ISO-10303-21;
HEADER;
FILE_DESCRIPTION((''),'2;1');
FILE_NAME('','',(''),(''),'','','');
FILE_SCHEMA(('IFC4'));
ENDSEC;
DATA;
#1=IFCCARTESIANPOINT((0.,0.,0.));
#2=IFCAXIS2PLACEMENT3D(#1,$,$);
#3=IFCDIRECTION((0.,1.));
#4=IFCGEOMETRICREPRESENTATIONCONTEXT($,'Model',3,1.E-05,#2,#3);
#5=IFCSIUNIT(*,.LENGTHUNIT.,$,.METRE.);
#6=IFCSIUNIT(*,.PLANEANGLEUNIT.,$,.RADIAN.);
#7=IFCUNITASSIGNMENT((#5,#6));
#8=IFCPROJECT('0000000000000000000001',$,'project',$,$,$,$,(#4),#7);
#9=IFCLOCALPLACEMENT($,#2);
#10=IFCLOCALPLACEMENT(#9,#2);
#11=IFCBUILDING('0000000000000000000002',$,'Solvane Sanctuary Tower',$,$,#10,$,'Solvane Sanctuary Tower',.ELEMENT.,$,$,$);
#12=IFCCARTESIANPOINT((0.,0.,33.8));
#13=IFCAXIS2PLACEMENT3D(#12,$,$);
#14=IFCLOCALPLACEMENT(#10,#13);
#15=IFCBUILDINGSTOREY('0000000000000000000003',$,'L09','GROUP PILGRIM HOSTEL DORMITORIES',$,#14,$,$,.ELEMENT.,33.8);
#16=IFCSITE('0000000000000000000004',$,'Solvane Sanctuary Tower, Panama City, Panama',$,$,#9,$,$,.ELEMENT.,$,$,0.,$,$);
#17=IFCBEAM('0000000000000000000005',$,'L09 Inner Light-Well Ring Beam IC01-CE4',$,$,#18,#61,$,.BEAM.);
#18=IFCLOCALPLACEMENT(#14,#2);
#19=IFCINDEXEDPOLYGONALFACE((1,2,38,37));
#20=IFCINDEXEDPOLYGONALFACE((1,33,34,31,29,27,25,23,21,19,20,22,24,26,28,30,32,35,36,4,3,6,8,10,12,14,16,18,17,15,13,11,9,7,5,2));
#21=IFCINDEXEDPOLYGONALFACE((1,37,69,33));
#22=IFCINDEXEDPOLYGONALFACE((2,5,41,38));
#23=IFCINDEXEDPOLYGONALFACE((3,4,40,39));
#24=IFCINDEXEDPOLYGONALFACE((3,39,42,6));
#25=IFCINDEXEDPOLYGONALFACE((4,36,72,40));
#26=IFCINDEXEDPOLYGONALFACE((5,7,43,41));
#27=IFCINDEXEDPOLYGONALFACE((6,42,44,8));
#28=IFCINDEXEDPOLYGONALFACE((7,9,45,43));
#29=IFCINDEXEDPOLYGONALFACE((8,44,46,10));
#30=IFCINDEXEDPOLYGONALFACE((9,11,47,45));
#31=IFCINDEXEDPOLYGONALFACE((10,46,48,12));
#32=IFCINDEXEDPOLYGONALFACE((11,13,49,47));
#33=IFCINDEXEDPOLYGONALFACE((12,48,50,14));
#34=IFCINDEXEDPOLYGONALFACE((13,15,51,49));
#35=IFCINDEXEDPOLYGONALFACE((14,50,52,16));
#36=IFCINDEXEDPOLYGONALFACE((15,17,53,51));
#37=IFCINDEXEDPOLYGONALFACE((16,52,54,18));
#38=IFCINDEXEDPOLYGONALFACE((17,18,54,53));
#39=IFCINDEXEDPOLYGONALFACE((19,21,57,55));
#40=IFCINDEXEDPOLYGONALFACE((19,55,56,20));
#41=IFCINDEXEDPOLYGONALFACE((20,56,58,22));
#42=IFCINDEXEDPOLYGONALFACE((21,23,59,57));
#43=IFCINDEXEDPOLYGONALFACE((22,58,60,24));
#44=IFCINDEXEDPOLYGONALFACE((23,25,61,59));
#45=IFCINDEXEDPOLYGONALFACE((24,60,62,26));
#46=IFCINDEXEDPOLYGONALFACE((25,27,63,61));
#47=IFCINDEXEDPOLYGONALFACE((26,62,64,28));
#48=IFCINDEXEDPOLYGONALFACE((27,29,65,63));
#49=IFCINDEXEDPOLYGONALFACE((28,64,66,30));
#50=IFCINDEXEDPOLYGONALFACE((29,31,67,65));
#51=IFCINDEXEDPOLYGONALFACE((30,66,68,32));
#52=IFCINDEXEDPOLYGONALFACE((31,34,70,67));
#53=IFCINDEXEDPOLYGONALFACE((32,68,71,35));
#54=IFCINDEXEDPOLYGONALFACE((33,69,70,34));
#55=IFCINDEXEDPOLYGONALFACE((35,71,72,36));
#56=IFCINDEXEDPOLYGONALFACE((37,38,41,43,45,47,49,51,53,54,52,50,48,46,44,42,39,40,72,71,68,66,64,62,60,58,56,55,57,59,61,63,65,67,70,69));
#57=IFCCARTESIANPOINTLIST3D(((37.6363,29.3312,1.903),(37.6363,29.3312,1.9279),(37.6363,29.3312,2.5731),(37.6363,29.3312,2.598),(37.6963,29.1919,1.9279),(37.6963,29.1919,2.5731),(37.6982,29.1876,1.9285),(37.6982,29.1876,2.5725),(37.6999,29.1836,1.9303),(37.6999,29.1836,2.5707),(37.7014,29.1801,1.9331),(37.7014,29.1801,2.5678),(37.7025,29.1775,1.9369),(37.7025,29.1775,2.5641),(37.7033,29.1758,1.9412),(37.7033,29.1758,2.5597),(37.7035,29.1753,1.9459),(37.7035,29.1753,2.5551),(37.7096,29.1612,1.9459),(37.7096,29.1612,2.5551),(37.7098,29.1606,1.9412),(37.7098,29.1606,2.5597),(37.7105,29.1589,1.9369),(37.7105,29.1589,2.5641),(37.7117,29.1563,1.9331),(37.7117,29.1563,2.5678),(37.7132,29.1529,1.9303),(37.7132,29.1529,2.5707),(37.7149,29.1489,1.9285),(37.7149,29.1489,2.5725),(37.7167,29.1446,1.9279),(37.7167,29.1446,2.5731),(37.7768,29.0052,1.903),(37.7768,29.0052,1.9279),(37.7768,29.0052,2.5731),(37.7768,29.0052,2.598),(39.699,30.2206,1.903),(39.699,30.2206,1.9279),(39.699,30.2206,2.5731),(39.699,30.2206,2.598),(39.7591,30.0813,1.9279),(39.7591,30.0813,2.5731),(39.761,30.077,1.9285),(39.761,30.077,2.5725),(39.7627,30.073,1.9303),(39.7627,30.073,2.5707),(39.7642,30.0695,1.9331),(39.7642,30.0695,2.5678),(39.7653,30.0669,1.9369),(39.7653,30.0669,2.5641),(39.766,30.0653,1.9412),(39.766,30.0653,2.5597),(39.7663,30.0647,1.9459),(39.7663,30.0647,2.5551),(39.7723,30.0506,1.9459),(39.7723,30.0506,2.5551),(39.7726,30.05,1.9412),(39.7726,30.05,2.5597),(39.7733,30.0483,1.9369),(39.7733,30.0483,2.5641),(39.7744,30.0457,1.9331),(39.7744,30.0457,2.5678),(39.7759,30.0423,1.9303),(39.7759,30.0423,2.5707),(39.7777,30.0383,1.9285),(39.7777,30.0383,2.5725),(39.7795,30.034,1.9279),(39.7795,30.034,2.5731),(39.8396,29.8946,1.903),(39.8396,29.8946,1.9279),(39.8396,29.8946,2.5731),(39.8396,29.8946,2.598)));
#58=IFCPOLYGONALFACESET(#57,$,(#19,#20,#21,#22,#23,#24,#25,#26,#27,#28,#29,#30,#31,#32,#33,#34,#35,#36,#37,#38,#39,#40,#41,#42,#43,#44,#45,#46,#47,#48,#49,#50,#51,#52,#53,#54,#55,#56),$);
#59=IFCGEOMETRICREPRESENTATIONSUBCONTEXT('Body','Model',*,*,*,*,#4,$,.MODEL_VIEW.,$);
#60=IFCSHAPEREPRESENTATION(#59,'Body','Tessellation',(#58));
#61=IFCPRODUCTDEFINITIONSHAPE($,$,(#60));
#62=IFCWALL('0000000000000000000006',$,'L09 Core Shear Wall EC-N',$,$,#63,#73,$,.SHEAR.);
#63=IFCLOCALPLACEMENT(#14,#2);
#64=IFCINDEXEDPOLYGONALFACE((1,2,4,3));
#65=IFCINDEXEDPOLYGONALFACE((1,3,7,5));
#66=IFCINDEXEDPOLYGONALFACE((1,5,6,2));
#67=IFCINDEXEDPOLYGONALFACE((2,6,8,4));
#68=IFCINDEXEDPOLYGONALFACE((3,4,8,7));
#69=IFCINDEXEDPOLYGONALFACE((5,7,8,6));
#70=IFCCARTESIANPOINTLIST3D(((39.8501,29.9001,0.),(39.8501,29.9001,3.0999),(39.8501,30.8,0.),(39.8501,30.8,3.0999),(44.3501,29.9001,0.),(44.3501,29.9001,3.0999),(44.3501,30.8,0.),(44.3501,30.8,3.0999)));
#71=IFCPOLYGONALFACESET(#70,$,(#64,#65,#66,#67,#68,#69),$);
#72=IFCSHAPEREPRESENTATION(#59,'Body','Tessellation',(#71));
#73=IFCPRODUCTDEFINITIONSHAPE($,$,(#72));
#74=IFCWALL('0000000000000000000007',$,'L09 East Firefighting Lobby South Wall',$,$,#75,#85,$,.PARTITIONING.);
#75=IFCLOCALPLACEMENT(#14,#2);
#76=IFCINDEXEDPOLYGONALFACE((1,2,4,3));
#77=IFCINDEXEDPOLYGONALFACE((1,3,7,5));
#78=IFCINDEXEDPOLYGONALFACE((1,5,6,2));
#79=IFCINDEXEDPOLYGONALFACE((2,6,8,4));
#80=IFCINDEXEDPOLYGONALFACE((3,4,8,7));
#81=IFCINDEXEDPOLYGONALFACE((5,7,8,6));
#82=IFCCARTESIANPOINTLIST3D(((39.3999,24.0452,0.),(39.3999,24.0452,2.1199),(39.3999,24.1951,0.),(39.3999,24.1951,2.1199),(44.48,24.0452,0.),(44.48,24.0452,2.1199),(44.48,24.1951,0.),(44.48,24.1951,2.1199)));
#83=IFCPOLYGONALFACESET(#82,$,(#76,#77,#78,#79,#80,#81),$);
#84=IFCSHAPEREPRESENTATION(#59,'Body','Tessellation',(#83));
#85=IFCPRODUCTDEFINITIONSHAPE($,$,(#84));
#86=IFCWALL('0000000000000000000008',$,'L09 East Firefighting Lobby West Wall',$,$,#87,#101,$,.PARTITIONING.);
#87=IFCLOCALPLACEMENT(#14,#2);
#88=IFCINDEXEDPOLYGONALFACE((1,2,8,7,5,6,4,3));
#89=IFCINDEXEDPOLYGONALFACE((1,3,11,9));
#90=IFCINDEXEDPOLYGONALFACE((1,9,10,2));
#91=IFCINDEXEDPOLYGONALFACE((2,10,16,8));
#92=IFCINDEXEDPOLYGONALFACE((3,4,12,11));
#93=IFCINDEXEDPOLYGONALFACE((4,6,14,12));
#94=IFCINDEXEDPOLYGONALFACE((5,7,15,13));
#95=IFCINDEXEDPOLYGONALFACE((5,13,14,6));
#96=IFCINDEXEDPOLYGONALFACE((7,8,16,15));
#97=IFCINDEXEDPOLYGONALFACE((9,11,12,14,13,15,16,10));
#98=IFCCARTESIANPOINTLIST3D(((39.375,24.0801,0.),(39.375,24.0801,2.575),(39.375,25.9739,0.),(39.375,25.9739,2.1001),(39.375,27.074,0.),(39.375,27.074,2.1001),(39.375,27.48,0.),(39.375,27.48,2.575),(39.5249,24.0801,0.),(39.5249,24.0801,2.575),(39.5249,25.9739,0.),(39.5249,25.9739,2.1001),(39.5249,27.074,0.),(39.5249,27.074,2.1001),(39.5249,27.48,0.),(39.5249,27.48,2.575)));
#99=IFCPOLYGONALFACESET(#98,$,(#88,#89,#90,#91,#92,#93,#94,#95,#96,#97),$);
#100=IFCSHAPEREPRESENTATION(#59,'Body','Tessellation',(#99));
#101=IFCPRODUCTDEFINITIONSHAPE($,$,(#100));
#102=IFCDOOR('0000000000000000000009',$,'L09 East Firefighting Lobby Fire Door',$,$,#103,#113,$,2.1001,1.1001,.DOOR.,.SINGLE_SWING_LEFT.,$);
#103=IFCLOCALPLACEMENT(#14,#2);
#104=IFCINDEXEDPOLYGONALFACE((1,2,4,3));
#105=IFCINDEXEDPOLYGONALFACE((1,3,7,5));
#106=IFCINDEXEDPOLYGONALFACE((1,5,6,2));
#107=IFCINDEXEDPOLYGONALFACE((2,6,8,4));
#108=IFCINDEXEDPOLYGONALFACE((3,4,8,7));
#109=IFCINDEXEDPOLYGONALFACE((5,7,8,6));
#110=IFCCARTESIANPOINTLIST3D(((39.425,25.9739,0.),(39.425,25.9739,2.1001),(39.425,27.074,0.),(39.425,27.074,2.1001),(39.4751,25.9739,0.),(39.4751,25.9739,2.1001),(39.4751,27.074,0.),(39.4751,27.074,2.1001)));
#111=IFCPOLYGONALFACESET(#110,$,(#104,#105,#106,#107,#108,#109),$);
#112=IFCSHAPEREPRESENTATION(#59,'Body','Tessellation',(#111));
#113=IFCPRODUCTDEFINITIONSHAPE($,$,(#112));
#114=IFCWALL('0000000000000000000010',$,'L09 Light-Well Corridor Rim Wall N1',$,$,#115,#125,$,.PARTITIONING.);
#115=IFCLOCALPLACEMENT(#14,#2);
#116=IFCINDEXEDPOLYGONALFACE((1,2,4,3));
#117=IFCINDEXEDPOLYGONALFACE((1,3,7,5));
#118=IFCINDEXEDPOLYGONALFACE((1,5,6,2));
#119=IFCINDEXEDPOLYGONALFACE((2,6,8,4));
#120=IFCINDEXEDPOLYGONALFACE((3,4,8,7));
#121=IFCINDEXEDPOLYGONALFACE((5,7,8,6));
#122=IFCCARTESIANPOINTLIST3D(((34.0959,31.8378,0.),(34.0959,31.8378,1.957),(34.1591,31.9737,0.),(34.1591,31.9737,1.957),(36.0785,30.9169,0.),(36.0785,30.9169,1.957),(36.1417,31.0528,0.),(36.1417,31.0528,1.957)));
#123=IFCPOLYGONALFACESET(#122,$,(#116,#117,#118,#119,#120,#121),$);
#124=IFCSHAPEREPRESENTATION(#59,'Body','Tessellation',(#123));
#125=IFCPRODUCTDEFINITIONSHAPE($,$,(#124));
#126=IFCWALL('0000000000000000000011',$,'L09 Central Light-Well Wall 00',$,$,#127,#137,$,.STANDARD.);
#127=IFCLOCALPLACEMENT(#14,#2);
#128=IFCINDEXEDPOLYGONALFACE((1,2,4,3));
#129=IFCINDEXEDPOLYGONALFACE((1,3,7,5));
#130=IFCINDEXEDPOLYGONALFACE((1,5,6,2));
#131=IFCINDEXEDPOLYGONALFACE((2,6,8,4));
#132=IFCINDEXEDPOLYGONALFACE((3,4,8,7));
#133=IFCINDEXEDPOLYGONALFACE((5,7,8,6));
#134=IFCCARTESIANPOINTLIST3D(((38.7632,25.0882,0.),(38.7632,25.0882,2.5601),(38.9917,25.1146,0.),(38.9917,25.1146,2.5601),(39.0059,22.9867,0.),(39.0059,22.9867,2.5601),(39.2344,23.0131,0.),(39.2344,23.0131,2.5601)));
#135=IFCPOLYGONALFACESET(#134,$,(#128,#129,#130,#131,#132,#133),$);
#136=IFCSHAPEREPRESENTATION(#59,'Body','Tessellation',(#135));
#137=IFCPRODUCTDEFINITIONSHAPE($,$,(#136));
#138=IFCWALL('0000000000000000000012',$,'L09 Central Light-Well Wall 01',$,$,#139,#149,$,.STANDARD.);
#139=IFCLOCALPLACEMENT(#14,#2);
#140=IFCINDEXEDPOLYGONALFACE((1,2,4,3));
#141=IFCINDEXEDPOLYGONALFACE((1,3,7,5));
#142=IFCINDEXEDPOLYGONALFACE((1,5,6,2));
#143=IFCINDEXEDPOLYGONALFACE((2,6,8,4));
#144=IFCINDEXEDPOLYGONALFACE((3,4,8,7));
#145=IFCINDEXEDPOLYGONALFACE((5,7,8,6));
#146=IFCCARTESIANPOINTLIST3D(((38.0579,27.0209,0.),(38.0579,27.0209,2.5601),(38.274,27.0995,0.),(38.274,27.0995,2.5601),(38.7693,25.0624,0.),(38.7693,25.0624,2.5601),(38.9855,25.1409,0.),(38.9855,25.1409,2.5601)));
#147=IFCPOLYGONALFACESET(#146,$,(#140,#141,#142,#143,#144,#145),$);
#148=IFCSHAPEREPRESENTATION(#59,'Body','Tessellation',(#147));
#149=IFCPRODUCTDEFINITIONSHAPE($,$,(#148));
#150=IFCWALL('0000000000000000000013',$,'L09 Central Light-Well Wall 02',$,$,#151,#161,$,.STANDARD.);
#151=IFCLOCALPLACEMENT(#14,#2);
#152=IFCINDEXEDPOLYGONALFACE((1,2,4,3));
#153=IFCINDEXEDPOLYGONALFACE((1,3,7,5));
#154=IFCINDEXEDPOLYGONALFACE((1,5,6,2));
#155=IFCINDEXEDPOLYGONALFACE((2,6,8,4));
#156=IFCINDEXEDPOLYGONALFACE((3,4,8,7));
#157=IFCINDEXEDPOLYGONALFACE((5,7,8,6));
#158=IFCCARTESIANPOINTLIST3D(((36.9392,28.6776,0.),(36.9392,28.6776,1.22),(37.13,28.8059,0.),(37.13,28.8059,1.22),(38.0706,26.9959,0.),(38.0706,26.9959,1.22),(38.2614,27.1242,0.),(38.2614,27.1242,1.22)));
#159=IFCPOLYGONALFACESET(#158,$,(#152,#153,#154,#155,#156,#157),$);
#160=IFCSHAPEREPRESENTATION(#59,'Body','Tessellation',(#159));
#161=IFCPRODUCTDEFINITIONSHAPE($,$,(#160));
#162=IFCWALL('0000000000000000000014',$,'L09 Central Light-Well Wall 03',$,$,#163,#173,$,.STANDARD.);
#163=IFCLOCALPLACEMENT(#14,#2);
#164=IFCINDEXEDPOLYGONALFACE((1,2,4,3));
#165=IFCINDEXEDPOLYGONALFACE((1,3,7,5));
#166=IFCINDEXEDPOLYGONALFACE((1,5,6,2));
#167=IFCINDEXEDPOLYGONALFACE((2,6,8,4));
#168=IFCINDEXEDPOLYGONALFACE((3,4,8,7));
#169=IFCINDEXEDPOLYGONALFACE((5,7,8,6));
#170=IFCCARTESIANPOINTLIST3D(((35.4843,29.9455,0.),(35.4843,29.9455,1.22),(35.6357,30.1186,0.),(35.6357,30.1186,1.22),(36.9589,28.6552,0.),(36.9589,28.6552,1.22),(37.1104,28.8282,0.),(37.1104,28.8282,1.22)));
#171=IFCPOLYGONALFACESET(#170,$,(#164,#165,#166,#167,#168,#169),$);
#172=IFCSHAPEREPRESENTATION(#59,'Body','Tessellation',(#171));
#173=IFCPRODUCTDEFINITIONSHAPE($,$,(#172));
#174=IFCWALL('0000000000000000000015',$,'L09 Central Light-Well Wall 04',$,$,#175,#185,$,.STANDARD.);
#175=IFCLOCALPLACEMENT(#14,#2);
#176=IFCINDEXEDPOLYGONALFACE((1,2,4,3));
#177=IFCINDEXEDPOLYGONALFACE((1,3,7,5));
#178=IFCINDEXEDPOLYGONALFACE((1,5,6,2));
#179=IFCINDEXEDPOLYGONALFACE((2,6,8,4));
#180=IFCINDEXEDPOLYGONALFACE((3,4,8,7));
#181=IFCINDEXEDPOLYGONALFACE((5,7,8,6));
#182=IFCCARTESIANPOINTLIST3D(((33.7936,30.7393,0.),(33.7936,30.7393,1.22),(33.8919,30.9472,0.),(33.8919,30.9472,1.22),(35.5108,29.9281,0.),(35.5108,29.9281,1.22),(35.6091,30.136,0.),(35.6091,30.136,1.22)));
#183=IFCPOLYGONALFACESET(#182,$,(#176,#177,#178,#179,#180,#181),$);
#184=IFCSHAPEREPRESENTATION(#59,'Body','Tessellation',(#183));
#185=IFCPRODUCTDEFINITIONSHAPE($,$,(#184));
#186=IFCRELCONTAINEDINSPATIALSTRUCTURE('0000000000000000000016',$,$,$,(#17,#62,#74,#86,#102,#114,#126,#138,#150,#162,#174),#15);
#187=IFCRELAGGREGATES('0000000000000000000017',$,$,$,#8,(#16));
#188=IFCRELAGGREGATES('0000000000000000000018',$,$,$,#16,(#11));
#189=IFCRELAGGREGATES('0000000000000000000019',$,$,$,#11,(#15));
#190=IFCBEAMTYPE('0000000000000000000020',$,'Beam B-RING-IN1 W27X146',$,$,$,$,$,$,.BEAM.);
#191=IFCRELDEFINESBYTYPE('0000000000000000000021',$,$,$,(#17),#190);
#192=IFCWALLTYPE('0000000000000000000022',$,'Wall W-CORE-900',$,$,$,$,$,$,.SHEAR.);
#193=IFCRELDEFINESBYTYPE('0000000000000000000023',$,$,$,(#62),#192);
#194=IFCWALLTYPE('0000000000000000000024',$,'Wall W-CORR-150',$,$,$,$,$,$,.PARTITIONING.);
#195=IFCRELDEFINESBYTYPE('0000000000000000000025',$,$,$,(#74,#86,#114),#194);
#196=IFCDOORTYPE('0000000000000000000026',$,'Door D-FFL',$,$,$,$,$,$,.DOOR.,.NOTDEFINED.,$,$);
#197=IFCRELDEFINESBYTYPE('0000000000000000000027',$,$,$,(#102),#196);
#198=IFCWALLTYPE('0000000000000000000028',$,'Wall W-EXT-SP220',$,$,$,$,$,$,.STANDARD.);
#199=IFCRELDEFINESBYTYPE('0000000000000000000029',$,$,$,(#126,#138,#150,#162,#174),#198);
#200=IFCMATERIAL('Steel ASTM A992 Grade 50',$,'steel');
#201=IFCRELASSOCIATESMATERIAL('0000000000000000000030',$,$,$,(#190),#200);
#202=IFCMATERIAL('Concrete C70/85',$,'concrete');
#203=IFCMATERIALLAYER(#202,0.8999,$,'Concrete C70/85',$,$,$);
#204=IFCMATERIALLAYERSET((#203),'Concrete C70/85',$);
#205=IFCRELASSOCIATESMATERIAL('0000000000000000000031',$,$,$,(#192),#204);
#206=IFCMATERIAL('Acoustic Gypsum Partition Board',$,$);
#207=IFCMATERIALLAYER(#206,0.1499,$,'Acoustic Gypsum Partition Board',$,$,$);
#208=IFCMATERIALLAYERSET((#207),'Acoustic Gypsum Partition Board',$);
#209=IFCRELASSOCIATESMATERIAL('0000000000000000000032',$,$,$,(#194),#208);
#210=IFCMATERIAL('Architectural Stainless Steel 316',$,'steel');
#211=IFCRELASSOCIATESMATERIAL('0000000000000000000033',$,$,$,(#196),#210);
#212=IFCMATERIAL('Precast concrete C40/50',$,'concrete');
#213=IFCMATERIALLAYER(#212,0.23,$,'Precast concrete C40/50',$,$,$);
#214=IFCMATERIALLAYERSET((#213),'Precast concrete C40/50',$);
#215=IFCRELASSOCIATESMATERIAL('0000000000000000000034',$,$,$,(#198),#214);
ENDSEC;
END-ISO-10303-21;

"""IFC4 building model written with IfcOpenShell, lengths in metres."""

from ifc_helpers import new_model, si_unit, direction, frame, frame_2d, origin, origin_2d, place, context, subcontext, project, spatial, rectangle, i_section, extrude, material, layer, layer_set, material_profile, profile_set, type_object, element, fill, save


model = new_model("IFC4")

# Units and contexts
model_context = context("Model", 3, precision=1e-05, world=origin(), true_north=direction((0.0, 1.0)))
body_context = subcontext(model_context, "Body", "Model", "MODEL_VIEW")
ifc_project = project(units=[si_unit("LENGTHUNIT", "METRE"), si_unit("PLANEANGLEUNIT", "RADIAN")], contexts=[model_context])

# Site, building, storey
site_placement = place(None, origin())
site = spatial("IfcSite", under=ifc_project, at=site_placement, Name="Solvane Sanctuary Tower, Panama City, Panama", CompositionType="ELEMENT", RefElevation=0.0)
building_placement = place(site_placement, origin())
building = spatial("IfcBuilding", under=site, at=building_placement, Name="Solvane Sanctuary Tower", LongName="Solvane Sanctuary Tower", CompositionType="ELEMENT")
storey_placement = place(building_placement, frame((0.0, 0.0, 33.8)))
storey = spatial("IfcBuildingStorey", under=building, at=storey_placement, Name="L09", Description="GROUP PILGRIM HOSTEL DORMITORIES", CompositionType="ELEMENT", Elevation=33.8)

# Shared definitions
ifc_material_1 = material(Name="Concrete C70/85", Category="concrete")

# Beam
ifc_material_2 = material(Name="Steel ASTM A992 Grade 50", Category="steel")
ifc_material_profile_1 = material_profile(ifc_material_2, i_section(OverallWidth=0.355, OverallDepth=0.6951, WebThickness=0.0154, FlangeThickness=0.0249, FilletRadius=0.0181, at=origin_2d()), Name="W27X146")
ifc_profile_set_1 = profile_set([ifc_material_profile_1], Name="Steel ASTM A992 Grade 50")
beam_type_1 = type_object("IfcBeamType", Name="Beam B-RING-IN1 W27X146", PredefinedType="BEAM", material=ifc_profile_set_1)
beam_1_placement = place(storey_placement, frame((37.7065, 29.1682, 2.2505), z_axis=(0.918277, 0.395938, 0.0), x_axis=(-0.395938, 0.918277, 0.0)))
element("IfcBeam", 1, at=beam_1_placement, inside=storey, type_object=beam_type_1, Name="L09 Inner Light-Well Ring Beam IC01-CE4", PredefinedType="BEAM", context=body_context, shape_type="SweptSolid", body=[
    extrude(i_section(OverallWidth=0.355, OverallDepth=0.6951, WebThickness=0.0154, FlangeThickness=0.0249, FilletRadius=0.0181, at=origin_2d()), origin(), (0.0, 0.0, 1.0), 2.2463),
])

# Walls
ifc_layer_1 = layer(ifc_material_1, 0.8999, Name="Concrete C70/85")
ifc_layer_set_1 = layer_set([ifc_layer_1], Name="Concrete C70/85")
wall_type_1 = type_object("IfcWallType", Name="Wall W-CORE-900", PredefinedType="SHEAR", material=ifc_layer_set_1)
wall_1_placement = place(storey_placement, frame((39.8501, 30.3501, 0.0), z_axis=(0.0, 0.0, 1.0), x_axis=(1.0, 0.0, 0.0)))
element("IfcWall", 2, at=wall_1_placement, inside=storey, type_object=wall_type_1, Name="L09 Core Shear Wall EC-N", PredefinedType="SHEAR", context=body_context, shape_type="SweptSolid", body=[
    extrude(rectangle(XDim=4.5, YDim=0.8999, at=frame_2d((2.25, 0.0))), origin(), (0.0, 0.0, 1.0), 3.0999),
])
ifc_material_3 = material(Name="Acoustic Gypsum Partition Board")
ifc_layer_2 = layer(ifc_material_3, 0.1499, Name="Acoustic Gypsum Partition Board")
ifc_layer_set_2 = layer_set([ifc_layer_2], Name="Acoustic Gypsum Partition Board")
wall_type_2 = type_object("IfcWallType", Name="Wall W-CORR-150", PredefinedType="PARTITIONING", material=ifc_layer_set_2)
wall_2_placement = place(storey_placement, frame((39.3999, 24.1201, 0.0), z_axis=(0.0, 0.0, 1.0), x_axis=(1.0, 0.0, 0.0)))
element("IfcWall", 3, at=wall_2_placement, inside=storey, type_object=wall_type_2, Name="L09 East Firefighting Lobby South Wall", PredefinedType="PARTITIONING", context=body_context, shape_type="SweptSolid", body=[
    extrude(rectangle(XDim=5.0801, YDim=0.1499, at=frame_2d((2.54, 0.0))), origin(), (0.0, 0.0, 1.0), 2.1199),
])

# Wall, opening, door
wall_3_placement = place(storey_placement, frame((39.45, 24.0801, 0.0), z_axis=(0.0, 0.0, 1.0), x_axis=(0.0, 1.0, 0.0)))
wall_3 = element("IfcWall", 4, at=wall_3_placement, inside=storey, type_object=wall_type_2, Name="L09 East Firefighting Lobby West Wall", PredefinedType="PARTITIONING", context=body_context, shape_type="SweptSolid", body=[
    extrude(rectangle(XDim=3.3999, YDim=0.1499, at=frame_2d((1.7, 0.0))), origin(), (0.0, 0.0, 1.0), 2.575),
])
opening_placement = place(wall_3_placement, frame((1.8938, 0.0, 0.0)))
opening = element("IfcOpeningElement", 5, at=opening_placement, cuts=wall_3, PredefinedType="OPENING", context=body_context, shape_type="SweptSolid", body=[
    extrude(rectangle(XDim=1.1001, YDim=2.1001, at=frame_2d((0.55, 1.05))), frame((0.0, 0.085, 0.0), z_axis=(0.0, -1.0, 0.0), x_axis=(1.0, 0.0, 0.0)), (0.0, 0.0, 1.0), 0.1699),
])
ifc_material_4 = material(Name="Architectural Stainless Steel 316", Category="steel")
door_type = type_object("IfcDoorType", Name="Door D-FFL", OperationType="NOTDEFINED", PredefinedType="DOOR", material=ifc_material_4)
door_placement = place(opening_placement, origin())
door = element("IfcDoor", 6, at=door_placement, inside=storey, type_object=door_type, Name="L09 East Firefighting Lobby Fire Door", OperationType="SINGLE_SWING_LEFT", OverallHeight=2.1001, OverallWidth=1.1001, PredefinedType="DOOR", context=body_context, shape_type="SweptSolid", body=[
    extrude(rectangle(XDim=1.1001, YDim=2.1001, at=frame_2d((0.55, 1.05))), frame((0.0, 0.0249, 0.0), z_axis=(0.0, -1.0, 0.0), x_axis=(1.0, 0.0, 0.0)), (0.0, 0.0, 1.0), 0.05),
])
fill(opening, door)

# Walls
wall_4_placement = place(storey_placement, frame((36.1101, 30.9849, 0.0), z_axis=(0.0, 0.0, 1.0), x_axis=(-0.906943, 0.421252, 0.0)))
element("IfcWall", 7, at=wall_4_placement, inside=storey, type_object=wall_type_2, Name="L09 Light-Well Corridor Rim Wall N1", PredefinedType="PARTITIONING", context=body_context, shape_type="SweptSolid", body=[
    extrude(rectangle(XDim=2.186, YDim=0.1499, at=frame_2d((1.093, 0.0))), origin(), (0.0, 0.0, 1.0), 1.957),
])
ifc_material_5 = material(Name="Precast concrete C40/50", Category="concrete")
ifc_layer_3 = layer(ifc_material_5, 0.23, Name="Precast concrete C40/50")
ifc_layer_set_3 = layer_set([ifc_layer_3], Name="Precast concrete C40/50")
wall_type_3 = type_object("IfcWallType", Name="Wall W-EXT-SP220", PredefinedType="STANDARD", material=ifc_layer_set_3)
wall_5_placement = place(storey_placement, frame((39.1201, 23.0, 0.0), z_axis=(0.0, 0.0, 1.0), x_axis=(-0.114712, 0.993399, 0.0)))
element("IfcWall", 8, at=wall_5_placement, inside=storey, type_object=wall_type_3, Name="L09 Central Light-Well Wall 00", PredefinedType="STANDARD", context=body_context, shape_type="SweptSolid", body=[
    extrude(rectangle(XDim=2.1155, YDim=0.23, at=frame_2d((1.0576, 0.0))), origin(), (0.0, 0.0, 1.0), 2.5601),
])
wall_6_placement = place(storey_placement, frame((38.8774, 25.1016, 0.0), z_axis=(0.0, 0.0, 1.0), x_axis=(-0.341423, 0.93991, 0.0)))
element("IfcWall", 9, at=wall_6_placement, inside=storey, type_object=wall_type_3, Name="L09 Central Light-Well Wall 01", PredefinedType="STANDARD", context=body_context, shape_type="SweptSolid", body=[
    extrude(rectangle(XDim=2.0837, YDim=0.23, at=frame_2d((1.042, 0.0))), origin(), (0.0, 0.0, 1.0), 2.5601),
])
wall_7_placement = place(storey_placement, frame((38.166, 27.0601, 0.0), z_axis=(0.0, 0.0, 1.0), x_axis=(-0.558198, 0.829708, 0.0)))
element("IfcWall", 10, at=wall_7_placement, inside=storey, type_object=wall_type_3, Name="L09 Central Light-Well Wall 02", PredefinedType="STANDARD", context=body_context, shape_type="SweptSolid", body=[
    extrude(rectangle(XDim=2.0269, YDim=0.23, at=frame_2d((1.0134, 0.0))), origin(), (0.0, 0.0, 1.0), 1.22),
])
wall_8_placement = place(storey_placement, frame((37.0347, 28.7417, 0.0), z_axis=(0.0, 0.0, 1.0), x_axis=(-0.752577, 0.658505, 0.0)))
element("IfcWall", 11, at=wall_8_placement, inside=storey, type_object=wall_type_3, Name="L09 Central Light-Well Wall 03", PredefinedType="STANDARD", context=body_context, shape_type="SweptSolid", body=[
    extrude(rectangle(XDim=1.9595, YDim=0.23, at=frame_2d((0.9797, 0.0))), origin(), (0.0, 0.0, 1.0), 1.22),
])
wall_9_placement = place(storey_placement, frame((35.5601, 30.032, 0.0), z_axis=(0.0, 0.0, 1.0), x_axis=(-0.90418, 0.427152, 0.0)))
element("IfcWall", 12, at=wall_9_placement, inside=storey, type_object=wall_type_3, Name="L09 Central Light-Well Wall 04", PredefinedType="STANDARD", context=body_context, shape_type="SweptSolid", body=[
    extrude(rectangle(XDim=1.8992, YDim=0.23, at=frame_2d((0.9497, 0.0))), origin(), (0.0, 0.0, 1.0), 1.22),
])

save(model, "model.ifc")
